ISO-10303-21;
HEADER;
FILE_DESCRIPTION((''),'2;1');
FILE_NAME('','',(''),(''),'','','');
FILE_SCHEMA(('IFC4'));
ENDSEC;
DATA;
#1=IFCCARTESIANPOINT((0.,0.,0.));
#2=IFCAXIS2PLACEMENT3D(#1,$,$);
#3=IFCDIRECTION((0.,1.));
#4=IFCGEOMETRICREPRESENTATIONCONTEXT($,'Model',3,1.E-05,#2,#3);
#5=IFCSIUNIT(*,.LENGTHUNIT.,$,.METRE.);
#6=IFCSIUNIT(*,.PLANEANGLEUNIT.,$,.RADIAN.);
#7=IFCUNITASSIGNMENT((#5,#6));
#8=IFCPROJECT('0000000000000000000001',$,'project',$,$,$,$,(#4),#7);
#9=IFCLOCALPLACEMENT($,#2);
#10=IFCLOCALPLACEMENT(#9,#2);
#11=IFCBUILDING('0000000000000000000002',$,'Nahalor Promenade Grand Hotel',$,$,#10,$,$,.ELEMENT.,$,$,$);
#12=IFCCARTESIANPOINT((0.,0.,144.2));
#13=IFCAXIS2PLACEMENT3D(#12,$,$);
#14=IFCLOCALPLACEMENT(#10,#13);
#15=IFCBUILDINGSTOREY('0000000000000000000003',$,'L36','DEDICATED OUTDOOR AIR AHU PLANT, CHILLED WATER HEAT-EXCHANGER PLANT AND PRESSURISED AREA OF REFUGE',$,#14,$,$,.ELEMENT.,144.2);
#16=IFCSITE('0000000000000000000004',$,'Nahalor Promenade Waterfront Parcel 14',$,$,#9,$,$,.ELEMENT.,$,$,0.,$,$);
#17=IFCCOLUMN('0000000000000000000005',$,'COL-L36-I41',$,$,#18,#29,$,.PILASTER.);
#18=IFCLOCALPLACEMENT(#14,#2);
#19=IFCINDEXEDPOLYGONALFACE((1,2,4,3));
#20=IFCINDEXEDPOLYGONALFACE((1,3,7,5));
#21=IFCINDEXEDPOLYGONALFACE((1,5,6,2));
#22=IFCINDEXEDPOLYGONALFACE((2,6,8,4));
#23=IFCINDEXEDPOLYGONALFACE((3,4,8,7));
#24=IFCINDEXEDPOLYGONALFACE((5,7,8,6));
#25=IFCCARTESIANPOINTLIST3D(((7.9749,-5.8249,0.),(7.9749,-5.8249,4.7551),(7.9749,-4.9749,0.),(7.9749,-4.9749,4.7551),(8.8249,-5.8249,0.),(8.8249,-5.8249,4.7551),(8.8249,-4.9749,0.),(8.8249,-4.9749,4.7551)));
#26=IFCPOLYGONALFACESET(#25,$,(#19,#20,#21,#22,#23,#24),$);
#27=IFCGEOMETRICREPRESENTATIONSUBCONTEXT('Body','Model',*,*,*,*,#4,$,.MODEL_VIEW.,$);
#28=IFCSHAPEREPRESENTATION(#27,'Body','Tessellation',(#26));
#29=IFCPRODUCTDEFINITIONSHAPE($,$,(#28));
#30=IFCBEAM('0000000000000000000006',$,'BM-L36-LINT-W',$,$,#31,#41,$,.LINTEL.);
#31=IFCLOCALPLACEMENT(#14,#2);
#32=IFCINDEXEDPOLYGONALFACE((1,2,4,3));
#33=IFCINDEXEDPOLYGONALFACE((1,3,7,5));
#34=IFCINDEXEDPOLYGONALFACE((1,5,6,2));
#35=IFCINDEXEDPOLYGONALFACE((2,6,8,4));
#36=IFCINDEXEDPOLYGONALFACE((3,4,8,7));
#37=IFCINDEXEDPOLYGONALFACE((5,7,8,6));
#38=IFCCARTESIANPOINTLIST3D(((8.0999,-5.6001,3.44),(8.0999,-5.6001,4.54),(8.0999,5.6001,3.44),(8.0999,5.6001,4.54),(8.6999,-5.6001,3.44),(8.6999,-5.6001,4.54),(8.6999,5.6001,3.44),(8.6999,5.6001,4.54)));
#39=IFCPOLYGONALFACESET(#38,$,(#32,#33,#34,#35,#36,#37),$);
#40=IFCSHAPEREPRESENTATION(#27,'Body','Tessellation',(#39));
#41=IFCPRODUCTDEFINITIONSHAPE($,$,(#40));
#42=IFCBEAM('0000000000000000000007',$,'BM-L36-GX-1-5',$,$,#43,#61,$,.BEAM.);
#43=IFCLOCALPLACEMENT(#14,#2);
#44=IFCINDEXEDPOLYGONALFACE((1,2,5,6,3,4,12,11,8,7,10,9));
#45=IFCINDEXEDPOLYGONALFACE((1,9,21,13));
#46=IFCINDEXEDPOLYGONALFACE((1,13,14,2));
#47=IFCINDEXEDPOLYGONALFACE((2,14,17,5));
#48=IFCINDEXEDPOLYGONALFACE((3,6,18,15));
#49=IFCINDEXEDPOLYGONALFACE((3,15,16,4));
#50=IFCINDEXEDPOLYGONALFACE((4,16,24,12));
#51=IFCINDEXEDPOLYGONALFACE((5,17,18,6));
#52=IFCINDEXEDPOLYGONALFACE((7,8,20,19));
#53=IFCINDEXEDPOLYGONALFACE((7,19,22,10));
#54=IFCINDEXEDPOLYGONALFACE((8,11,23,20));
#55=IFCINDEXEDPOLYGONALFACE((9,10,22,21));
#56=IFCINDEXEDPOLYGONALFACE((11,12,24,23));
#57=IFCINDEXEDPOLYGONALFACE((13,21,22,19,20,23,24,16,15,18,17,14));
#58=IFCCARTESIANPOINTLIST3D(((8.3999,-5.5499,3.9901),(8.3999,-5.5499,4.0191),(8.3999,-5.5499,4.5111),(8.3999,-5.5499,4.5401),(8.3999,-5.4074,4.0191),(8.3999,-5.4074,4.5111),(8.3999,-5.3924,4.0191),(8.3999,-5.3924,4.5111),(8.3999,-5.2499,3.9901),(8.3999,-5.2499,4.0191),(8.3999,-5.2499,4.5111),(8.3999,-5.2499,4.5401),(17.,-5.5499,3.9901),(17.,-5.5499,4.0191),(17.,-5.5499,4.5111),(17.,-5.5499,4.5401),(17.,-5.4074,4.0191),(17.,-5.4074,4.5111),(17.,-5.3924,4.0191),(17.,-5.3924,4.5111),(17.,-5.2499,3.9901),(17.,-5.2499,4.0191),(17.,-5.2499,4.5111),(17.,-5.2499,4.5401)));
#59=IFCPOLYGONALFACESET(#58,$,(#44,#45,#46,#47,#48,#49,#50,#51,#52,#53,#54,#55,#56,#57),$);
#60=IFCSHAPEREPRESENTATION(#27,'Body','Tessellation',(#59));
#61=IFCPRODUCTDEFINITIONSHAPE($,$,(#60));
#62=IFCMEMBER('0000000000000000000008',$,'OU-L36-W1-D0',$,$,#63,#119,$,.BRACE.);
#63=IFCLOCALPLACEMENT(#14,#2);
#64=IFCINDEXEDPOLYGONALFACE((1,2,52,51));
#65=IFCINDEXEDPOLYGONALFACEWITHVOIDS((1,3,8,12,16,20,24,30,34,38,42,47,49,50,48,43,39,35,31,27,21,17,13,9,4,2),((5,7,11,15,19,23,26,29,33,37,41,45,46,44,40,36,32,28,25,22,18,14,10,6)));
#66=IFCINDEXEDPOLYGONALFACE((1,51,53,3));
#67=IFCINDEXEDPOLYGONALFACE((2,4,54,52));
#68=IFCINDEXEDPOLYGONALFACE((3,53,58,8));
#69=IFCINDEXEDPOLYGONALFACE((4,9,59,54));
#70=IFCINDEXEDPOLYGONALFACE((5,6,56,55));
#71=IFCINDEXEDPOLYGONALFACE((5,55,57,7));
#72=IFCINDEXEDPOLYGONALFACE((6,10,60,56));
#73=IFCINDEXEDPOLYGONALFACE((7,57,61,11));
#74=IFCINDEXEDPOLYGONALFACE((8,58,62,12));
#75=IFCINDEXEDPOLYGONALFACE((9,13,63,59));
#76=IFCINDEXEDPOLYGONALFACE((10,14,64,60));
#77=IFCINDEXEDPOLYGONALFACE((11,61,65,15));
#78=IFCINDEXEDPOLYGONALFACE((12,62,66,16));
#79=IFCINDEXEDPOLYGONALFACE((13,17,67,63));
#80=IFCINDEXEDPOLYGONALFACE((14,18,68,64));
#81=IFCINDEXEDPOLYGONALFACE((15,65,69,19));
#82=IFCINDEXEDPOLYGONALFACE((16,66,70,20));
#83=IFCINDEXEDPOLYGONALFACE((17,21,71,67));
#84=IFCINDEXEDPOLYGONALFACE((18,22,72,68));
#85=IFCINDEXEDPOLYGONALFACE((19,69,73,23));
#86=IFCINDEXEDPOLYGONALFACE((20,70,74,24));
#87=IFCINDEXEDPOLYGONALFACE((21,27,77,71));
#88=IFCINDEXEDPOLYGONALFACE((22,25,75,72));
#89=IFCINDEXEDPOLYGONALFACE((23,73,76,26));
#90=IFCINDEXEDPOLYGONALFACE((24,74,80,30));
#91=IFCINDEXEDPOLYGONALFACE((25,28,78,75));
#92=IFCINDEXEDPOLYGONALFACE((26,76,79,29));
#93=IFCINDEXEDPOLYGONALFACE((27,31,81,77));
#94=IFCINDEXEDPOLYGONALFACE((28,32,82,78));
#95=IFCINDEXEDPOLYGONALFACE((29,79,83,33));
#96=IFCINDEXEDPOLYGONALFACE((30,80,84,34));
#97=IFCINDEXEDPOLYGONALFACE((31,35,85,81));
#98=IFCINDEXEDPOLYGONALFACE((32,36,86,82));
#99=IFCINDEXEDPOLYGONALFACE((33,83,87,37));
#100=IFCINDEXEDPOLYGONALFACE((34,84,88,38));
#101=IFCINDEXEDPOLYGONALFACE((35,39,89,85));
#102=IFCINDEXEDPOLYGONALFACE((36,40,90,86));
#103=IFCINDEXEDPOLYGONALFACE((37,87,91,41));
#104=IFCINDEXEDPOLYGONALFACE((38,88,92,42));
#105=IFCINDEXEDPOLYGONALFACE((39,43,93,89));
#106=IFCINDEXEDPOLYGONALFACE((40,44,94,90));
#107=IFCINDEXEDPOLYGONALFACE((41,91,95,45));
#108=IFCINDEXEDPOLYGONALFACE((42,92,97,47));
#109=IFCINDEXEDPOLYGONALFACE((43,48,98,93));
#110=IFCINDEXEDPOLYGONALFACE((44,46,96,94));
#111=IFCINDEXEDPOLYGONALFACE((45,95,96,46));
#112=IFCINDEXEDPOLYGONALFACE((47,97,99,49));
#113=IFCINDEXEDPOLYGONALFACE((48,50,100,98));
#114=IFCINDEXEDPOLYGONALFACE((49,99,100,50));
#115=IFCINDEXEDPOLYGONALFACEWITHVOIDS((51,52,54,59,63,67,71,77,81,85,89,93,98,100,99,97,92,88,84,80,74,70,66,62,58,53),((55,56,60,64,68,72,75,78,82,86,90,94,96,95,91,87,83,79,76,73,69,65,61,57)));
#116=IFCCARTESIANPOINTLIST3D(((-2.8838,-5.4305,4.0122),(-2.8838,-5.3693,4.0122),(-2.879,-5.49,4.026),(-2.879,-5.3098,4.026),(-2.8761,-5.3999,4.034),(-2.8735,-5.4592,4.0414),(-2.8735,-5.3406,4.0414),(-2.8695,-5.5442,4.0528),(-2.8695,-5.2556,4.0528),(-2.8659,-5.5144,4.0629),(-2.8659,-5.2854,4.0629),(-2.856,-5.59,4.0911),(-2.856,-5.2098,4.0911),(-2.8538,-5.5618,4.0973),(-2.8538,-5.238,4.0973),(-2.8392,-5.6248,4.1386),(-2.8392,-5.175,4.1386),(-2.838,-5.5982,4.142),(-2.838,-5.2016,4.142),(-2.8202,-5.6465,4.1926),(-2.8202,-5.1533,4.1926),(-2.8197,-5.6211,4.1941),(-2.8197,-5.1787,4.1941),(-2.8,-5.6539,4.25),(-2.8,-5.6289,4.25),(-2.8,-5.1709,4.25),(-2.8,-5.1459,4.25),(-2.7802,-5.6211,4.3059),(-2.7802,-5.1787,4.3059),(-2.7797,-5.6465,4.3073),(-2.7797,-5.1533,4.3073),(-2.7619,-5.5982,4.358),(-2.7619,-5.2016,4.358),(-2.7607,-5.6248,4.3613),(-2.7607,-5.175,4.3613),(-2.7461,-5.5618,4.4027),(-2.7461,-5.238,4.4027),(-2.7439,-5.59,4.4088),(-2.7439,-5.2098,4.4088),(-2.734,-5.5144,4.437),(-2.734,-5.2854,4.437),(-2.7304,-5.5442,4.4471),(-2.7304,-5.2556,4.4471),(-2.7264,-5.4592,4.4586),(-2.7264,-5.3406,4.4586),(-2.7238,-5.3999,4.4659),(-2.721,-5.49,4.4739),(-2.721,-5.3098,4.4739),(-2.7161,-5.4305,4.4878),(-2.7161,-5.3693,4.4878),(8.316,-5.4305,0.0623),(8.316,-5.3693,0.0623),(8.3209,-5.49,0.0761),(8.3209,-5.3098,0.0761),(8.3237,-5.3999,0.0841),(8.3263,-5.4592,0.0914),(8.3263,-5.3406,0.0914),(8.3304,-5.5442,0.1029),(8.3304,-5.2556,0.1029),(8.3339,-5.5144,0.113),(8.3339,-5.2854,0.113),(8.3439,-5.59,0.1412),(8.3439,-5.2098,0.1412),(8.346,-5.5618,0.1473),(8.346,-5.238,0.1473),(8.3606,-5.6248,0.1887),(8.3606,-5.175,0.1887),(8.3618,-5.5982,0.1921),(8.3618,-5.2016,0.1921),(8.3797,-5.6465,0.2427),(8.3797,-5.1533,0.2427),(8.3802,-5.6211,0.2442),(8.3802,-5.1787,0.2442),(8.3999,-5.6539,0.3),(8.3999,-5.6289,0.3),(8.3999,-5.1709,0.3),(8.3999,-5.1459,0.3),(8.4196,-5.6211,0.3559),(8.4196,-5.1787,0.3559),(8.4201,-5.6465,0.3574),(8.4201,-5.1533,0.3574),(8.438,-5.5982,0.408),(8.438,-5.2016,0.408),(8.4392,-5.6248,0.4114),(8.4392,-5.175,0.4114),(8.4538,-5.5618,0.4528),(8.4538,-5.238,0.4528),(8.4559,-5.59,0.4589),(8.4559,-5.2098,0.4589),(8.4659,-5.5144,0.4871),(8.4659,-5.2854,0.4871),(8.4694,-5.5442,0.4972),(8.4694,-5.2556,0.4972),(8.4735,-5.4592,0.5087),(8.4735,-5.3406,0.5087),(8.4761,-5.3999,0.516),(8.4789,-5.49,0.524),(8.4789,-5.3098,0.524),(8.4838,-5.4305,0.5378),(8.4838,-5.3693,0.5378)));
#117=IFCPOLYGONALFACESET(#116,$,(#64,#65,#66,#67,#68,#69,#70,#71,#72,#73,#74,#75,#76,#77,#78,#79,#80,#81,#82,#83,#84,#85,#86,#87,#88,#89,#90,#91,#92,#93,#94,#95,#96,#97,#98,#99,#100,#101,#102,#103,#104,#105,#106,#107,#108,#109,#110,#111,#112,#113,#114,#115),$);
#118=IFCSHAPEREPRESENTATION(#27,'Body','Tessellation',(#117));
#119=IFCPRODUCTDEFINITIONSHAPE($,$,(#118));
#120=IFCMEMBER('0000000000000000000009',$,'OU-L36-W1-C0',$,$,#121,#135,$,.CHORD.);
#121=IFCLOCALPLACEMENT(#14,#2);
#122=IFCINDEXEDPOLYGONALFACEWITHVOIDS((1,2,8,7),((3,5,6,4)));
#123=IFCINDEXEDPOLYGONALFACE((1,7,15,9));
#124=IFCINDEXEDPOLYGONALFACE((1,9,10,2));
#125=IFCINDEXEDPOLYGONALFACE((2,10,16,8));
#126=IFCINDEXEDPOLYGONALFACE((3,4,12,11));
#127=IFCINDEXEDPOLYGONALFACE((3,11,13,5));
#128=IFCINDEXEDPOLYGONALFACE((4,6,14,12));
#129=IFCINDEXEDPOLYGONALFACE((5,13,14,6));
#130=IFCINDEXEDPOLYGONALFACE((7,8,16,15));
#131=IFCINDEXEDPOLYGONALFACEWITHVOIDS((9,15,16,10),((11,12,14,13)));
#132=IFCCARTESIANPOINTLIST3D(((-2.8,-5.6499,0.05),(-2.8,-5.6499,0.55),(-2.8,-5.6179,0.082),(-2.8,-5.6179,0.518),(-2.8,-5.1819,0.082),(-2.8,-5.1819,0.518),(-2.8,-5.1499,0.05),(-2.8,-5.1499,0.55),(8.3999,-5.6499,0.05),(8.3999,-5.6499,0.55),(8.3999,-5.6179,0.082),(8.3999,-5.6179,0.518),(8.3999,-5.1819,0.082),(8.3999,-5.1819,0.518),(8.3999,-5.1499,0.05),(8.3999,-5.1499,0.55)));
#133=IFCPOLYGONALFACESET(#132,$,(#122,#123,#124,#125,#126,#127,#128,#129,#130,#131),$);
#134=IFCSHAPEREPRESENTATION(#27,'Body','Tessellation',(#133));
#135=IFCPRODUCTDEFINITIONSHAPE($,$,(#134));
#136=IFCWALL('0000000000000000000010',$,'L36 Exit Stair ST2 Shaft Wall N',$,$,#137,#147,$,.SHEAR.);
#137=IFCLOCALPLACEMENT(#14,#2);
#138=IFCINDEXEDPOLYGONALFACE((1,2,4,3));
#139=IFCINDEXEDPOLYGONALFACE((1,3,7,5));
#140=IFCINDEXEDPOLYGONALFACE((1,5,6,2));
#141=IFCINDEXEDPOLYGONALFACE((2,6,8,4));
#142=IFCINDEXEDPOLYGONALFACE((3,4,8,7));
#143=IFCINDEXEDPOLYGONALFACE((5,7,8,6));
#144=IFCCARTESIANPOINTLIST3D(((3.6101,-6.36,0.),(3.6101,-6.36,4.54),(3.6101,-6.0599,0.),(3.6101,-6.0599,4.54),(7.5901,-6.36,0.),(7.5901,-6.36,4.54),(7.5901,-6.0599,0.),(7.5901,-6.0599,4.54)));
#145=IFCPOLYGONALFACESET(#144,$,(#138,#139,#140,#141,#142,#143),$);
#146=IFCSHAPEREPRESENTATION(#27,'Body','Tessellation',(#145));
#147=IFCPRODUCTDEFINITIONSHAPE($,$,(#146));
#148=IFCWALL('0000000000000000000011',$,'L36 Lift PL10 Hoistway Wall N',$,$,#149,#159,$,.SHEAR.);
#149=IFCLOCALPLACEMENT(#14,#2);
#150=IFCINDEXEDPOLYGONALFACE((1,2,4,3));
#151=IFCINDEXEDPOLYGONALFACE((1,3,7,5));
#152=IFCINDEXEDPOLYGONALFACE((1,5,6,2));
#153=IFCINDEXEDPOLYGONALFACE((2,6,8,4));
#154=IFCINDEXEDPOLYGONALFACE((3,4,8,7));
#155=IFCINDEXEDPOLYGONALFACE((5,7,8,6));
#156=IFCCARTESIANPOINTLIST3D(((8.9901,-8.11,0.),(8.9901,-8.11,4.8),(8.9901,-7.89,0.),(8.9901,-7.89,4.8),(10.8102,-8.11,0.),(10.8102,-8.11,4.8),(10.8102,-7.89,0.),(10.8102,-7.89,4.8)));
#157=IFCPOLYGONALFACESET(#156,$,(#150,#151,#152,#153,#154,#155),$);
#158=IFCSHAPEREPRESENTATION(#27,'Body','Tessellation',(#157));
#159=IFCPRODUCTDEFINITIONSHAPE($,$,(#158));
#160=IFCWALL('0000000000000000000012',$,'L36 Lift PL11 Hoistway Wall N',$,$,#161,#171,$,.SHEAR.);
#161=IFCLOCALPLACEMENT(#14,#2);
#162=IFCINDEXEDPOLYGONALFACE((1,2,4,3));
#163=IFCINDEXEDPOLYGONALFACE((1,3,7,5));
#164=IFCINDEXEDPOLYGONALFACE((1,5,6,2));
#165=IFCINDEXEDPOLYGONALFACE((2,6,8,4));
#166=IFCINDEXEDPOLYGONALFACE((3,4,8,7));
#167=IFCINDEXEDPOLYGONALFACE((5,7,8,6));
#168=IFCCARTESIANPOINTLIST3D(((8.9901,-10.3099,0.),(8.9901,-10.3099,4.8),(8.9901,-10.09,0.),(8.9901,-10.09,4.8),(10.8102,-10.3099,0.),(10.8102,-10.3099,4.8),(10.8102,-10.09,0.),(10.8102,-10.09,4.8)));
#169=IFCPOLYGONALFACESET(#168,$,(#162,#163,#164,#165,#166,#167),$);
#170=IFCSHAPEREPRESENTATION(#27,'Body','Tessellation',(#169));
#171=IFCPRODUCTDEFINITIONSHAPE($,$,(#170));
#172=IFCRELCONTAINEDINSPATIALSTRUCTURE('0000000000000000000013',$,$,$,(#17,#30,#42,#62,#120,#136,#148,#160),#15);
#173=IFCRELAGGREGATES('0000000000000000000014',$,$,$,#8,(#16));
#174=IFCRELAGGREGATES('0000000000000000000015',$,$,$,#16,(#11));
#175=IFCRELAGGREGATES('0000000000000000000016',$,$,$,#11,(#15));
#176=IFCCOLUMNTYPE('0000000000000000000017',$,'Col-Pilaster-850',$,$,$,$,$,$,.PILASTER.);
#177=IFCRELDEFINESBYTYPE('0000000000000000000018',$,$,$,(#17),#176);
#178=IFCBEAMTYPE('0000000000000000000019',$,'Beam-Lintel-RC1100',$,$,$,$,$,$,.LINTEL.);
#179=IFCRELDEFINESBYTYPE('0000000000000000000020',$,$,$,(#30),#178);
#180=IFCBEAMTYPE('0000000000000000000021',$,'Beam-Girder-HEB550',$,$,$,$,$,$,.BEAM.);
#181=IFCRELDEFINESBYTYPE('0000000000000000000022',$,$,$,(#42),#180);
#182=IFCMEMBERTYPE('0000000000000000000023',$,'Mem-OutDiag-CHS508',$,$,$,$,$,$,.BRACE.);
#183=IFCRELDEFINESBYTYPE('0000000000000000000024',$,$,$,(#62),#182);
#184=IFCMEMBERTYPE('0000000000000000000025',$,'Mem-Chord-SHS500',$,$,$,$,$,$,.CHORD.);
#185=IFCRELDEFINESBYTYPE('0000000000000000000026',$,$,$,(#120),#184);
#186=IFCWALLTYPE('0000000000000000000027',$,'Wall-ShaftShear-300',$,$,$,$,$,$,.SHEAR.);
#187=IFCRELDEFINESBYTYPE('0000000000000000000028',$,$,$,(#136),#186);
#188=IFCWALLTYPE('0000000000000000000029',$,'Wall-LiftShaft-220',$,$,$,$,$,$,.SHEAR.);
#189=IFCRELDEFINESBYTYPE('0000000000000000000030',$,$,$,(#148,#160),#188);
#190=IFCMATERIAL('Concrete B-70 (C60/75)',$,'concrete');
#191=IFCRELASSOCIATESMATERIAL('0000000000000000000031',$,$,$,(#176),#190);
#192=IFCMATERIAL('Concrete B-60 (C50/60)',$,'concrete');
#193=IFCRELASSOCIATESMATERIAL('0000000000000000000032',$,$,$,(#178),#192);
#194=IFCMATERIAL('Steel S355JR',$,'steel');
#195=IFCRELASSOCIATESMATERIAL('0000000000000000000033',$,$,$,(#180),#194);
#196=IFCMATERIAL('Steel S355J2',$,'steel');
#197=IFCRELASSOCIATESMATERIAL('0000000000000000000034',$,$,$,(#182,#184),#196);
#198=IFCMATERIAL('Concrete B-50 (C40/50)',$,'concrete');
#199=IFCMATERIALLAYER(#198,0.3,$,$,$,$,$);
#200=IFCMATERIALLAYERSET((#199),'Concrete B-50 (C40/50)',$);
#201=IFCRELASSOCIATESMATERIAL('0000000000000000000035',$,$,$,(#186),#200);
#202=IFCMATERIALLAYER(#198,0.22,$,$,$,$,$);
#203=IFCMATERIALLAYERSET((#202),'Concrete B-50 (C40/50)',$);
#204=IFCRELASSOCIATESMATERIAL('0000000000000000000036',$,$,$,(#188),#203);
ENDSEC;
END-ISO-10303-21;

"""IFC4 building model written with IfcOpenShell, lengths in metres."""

from ifc_helpers import new_model, si_unit, direction, frame, frame_2d, origin, origin_2d, place, context, subcontext, project, spatial, rectangle, hollow_rectangle, hollow_circle, i_section, extrude, source, transform, mapped, material, layer, layer_set, material_profile, profile_set, type_object, element, save


model = new_model("IFC4")

# Units and contexts
model_context = context("Model", 3, precision=1e-05, world=origin(), true_north=direction((0.0, 1.0)))
body_context = subcontext(model_context, "Body", "Model", "MODEL_VIEW")
ifc_project = project(units=[si_unit("LENGTHUNIT", "METRE"), si_unit("PLANEANGLEUNIT", "RADIAN")], contexts=[model_context])

# Site, building, storey
site_placement = place(None, origin())
site = spatial("IfcSite", under=ifc_project, at=site_placement, Name="Nahalor Promenade Waterfront Parcel 14", CompositionType="ELEMENT", RefElevation=0.0)
building_placement = place(site_placement, origin())
building = spatial("IfcBuilding", under=site, at=building_placement, Name="Nahalor Promenade Grand Hotel", CompositionType="ELEMENT")
storey_placement = place(building_placement, frame((0.0, 0.0, 144.2)))
storey = spatial("IfcBuildingStorey", under=building, at=storey_placement, Name="L36", Description="DEDICATED OUTDOOR AIR AHU PLANT, CHILLED WATER HEAT-EXCHANGER PLANT AND PRESSURISED AREA OF REFUGE", CompositionType="ELEMENT", Elevation=144.2)

# Column
ifc_material_1 = material(Name="Concrete B-70 (C60/75)", Category="concrete")
ifc_material_profile_1 = material_profile(ifc_material_1, rectangle(XDim=0.85, YDim=0.85, at=origin_2d()), Name="RC 850x850")
ifc_profile_set_1 = profile_set([ifc_material_profile_1], Name="Concrete B-70 (C60/75)")
column_type = type_object("IfcColumnType", Name="Col-Pilaster-850", PredefinedType="PILASTER", material=ifc_profile_set_1)
shared_shape_1 = source(origin(), body_context, "Body", "SweptSolid", [
    extrude(rectangle(XDim=0.85, YDim=0.85, at=origin_2d()), origin(), (0.0, 0.0, 1.0), 4.7551),
])
column_placement = place(storey_placement, frame((8.3999, -5.3999, 0.0), z_axis=(0.0, 0.0, 1.0), x_axis=(1.0, 0.0, 0.0)))
element("IfcColumn", 1, at=column_placement, inside=storey, type_object=column_type, Name="COL-L36-I41", PredefinedType="PILASTER", context=body_context, shape_type="MappedRepresentation", body=[
    mapped(shared_shape_1, transform((0.0, 0.0, 0.0), scale=1.0)),
])

# Beams
ifc_material_2 = material(Name="Concrete B-60 (C50/60)", Category="concrete")
ifc_material_profile_2 = material_profile(ifc_material_2, rectangle(XDim=0.6, YDim=1.1, at=origin_2d()), Name="RC 600x1100")
ifc_profile_set_2 = profile_set([ifc_material_profile_2], Name="Concrete B-60 (C50/60)")
beam_type_1 = type_object("IfcBeamType", Name="Beam-Lintel-RC1100", PredefinedType="LINTEL", material=ifc_profile_set_2)
shared_shape_2 = source(origin(), body_context, "Body", "SweptSolid", [
    extrude(rectangle(XDim=0.6, YDim=1.1, at=origin_2d()), origin(), (0.0, 0.0, 1.0), 11.2002),
])
beam_1_placement = place(storey_placement, frame((8.3999, -5.6001, 3.99), z_axis=(0.0, 1.0, 0.0), x_axis=(-1.0, 0.0, 0.0)))
element("IfcBeam", 2, at=beam_1_placement, inside=storey, type_object=beam_type_1, Name="BM-L36-LINT-W", PredefinedType="LINTEL", context=body_context, shape_type="MappedRepresentation", body=[
    mapped(shared_shape_2, transform((0.0, 0.0, 0.0), scale=1.0)),
])
ifc_material_3 = material(Name="Steel S355JR", Category="steel")
ifc_material_profile_3 = material_profile(ifc_material_3, i_section(OverallWidth=0.3, OverallDepth=0.55, WebThickness=0.015, FlangeThickness=0.029, at=origin_2d()), Name="HEB 550")
ifc_profile_set_3 = profile_set([ifc_material_profile_3], Name="Steel S355JR")
beam_type_2 = type_object("IfcBeamType", Name="Beam-Girder-HEB550", PredefinedType="BEAM", material=ifc_profile_set_3)
shared_shape_3 = source(origin(), body_context, "Body", "SweptSolid", [
    extrude(i_section(OverallWidth=0.3, OverallDepth=0.55, WebThickness=0.015, FlangeThickness=0.029, at=origin_2d()), origin(), (0.0, 0.0, 1.0), 8.6001),
])
beam_2_placement = place(storey_placement, frame((8.3999, -5.3999, 4.2651), z_axis=(1.0, 0.0, 0.0), x_axis=(0.0, 1.0, 0.0)))
element("IfcBeam", 3, at=beam_2_placement, inside=storey, type_object=beam_type_2, Name="BM-L36-GX-1-5", PredefinedType="BEAM", context=body_context, shape_type="MappedRepresentation", body=[
    mapped(shared_shape_3, transform((0.0, 0.0, 0.0), scale=1.0)),
])

# Members
ifc_material_4 = material(Name="Steel S355J2", Category="steel")
ifc_material_profile_4 = material_profile(ifc_material_4, hollow_circle(Radius=0.254, WallThickness=0.025, at=origin_2d()), Name="CHS 508x25")
ifc_profile_set_4 = profile_set([ifc_material_profile_4], Name="Steel S355J2")
member_type_1 = type_object("IfcMemberType", Name="Mem-OutDiag-CHS508", PredefinedType="BRACE", material=ifc_profile_set_4)
shared_shape_4 = source(origin(), body_context, "Body", "SweptSolid", [
    extrude(hollow_circle(Radius=0.254, WallThickness=0.025, at=origin_2d()), origin(), (0.0, 0.0, 1.0), 11.876),
])
member_1_placement = place(storey_placement, frame((8.3999, -5.3999, 0.3), z_axis=(-0.943069, 0.0, 0.332598), x_axis=(0.0, -1.0, 0.0)))
element("IfcMember", 4, at=member_1_placement, inside=storey, type_object=member_type_1, Name="OU-L36-W1-D0", PredefinedType="BRACE", context=body_context, shape_type="MappedRepresentation", body=[
    mapped(shared_shape_4, transform((0.0, 0.0, 0.0), scale=1.0)),
])
ifc_material_profile_5 = material_profile(ifc_material_4, hollow_rectangle(XDim=0.5, YDim=0.5, WallThickness=0.032, at=origin_2d()), Name="SHS 500x500x32")
ifc_profile_set_5 = profile_set([ifc_material_profile_5], Name="Steel S355J2")
member_type_2 = type_object("IfcMemberType", Name="Mem-Chord-SHS500", PredefinedType="CHORD", material=ifc_profile_set_5)
shared_shape_5 = source(origin(), body_context, "Body", "SweptSolid", [
    extrude(hollow_rectangle(XDim=0.5, YDim=0.5, WallThickness=0.032, at=origin_2d()), origin(), (0.0, 0.0, 1.0), 11.2),
])
member_2_placement = place(storey_placement, frame((8.3999, -5.3999, 0.3), z_axis=(-1.0, 0.0, 0.0), x_axis=(0.0, -1.0, 0.0)))
element("IfcMember", 5, at=member_2_placement, inside=storey, type_object=member_type_2, Name="OU-L36-W1-C0", PredefinedType="CHORD", context=body_context, shape_type="MappedRepresentation", body=[
    mapped(shared_shape_5, transform((0.0, 0.0, 0.0), scale=1.0)),
])

# Walls
ifc_material_5 = material(Name="Concrete B-50 (C40/50)", Category="concrete")
ifc_layer_1 = layer(ifc_material_5, 0.3)
ifc_layer_set_1 = layer_set([ifc_layer_1], Name="Concrete B-50 (C40/50)")
wall_type_1 = type_object("IfcWallType", Name="Wall-ShaftShear-300", PredefinedType="SHEAR", material=ifc_layer_set_1)
shared_shape_6 = source(origin(), body_context, "Body", "SweptSolid", [
    extrude(rectangle(XDim=3.98, YDim=0.3, at=frame_2d((1.99, 0.0))), origin(), (0.0, 0.0, 1.0), 4.54),
])
wall_1_placement = place(storey_placement, frame((3.6101, -6.21, 0.0), z_axis=(0.0, 0.0, 1.0), x_axis=(1.0, 0.0, 0.0)))
element("IfcWall", 6, at=wall_1_placement, inside=storey, type_object=wall_type_1, Name="L36 Exit Stair ST2 Shaft Wall N", PredefinedType="SHEAR", context=body_context, shape_type="MappedRepresentation", body=[
    mapped(shared_shape_6, transform((0.0, 0.0, 0.0), scale=1.0)),
])
ifc_layer_2 = layer(ifc_material_5, 0.22)
ifc_layer_set_2 = layer_set([ifc_layer_2], Name="Concrete B-50 (C40/50)")
wall_type_2 = type_object("IfcWallType", Name="Wall-LiftShaft-220", PredefinedType="SHEAR", material=ifc_layer_set_2)
shared_shape_7 = source(origin(), body_context, "Body", "SweptSolid", [
    extrude(rectangle(XDim=1.8201, YDim=0.22, at=frame_2d((0.9102, 0.0))), origin(), (0.0, 0.0, 1.0), 4.8),
])
for number, where, z_axis, x_axis, name in (
    (7, (8.99, -8.0, 0.0), (0.0, 0.0, 1.0), (1.0, 0.0, 0.0), "L36 Lift PL10 Hoistway Wall N"),
    (8, (8.99, -10.2, 0.0), (0.0, 0.0, 1.0), (1.0, 0.0, 0.0), "L36 Lift PL11 Hoistway Wall N"),
):
    element("IfcWall", number, at=place(storey_placement, frame(where, z_axis=z_axis, x_axis=x_axis)), inside=storey, type_object=wall_type_2, Name=name, PredefinedType="SHEAR", context=body_context, shape_type="MappedRepresentation", body=[
        mapped(shared_shape_7, transform((0.0, 0.0, 0.0), scale=1.0)),
    ])

save(model, "model.ifc")
